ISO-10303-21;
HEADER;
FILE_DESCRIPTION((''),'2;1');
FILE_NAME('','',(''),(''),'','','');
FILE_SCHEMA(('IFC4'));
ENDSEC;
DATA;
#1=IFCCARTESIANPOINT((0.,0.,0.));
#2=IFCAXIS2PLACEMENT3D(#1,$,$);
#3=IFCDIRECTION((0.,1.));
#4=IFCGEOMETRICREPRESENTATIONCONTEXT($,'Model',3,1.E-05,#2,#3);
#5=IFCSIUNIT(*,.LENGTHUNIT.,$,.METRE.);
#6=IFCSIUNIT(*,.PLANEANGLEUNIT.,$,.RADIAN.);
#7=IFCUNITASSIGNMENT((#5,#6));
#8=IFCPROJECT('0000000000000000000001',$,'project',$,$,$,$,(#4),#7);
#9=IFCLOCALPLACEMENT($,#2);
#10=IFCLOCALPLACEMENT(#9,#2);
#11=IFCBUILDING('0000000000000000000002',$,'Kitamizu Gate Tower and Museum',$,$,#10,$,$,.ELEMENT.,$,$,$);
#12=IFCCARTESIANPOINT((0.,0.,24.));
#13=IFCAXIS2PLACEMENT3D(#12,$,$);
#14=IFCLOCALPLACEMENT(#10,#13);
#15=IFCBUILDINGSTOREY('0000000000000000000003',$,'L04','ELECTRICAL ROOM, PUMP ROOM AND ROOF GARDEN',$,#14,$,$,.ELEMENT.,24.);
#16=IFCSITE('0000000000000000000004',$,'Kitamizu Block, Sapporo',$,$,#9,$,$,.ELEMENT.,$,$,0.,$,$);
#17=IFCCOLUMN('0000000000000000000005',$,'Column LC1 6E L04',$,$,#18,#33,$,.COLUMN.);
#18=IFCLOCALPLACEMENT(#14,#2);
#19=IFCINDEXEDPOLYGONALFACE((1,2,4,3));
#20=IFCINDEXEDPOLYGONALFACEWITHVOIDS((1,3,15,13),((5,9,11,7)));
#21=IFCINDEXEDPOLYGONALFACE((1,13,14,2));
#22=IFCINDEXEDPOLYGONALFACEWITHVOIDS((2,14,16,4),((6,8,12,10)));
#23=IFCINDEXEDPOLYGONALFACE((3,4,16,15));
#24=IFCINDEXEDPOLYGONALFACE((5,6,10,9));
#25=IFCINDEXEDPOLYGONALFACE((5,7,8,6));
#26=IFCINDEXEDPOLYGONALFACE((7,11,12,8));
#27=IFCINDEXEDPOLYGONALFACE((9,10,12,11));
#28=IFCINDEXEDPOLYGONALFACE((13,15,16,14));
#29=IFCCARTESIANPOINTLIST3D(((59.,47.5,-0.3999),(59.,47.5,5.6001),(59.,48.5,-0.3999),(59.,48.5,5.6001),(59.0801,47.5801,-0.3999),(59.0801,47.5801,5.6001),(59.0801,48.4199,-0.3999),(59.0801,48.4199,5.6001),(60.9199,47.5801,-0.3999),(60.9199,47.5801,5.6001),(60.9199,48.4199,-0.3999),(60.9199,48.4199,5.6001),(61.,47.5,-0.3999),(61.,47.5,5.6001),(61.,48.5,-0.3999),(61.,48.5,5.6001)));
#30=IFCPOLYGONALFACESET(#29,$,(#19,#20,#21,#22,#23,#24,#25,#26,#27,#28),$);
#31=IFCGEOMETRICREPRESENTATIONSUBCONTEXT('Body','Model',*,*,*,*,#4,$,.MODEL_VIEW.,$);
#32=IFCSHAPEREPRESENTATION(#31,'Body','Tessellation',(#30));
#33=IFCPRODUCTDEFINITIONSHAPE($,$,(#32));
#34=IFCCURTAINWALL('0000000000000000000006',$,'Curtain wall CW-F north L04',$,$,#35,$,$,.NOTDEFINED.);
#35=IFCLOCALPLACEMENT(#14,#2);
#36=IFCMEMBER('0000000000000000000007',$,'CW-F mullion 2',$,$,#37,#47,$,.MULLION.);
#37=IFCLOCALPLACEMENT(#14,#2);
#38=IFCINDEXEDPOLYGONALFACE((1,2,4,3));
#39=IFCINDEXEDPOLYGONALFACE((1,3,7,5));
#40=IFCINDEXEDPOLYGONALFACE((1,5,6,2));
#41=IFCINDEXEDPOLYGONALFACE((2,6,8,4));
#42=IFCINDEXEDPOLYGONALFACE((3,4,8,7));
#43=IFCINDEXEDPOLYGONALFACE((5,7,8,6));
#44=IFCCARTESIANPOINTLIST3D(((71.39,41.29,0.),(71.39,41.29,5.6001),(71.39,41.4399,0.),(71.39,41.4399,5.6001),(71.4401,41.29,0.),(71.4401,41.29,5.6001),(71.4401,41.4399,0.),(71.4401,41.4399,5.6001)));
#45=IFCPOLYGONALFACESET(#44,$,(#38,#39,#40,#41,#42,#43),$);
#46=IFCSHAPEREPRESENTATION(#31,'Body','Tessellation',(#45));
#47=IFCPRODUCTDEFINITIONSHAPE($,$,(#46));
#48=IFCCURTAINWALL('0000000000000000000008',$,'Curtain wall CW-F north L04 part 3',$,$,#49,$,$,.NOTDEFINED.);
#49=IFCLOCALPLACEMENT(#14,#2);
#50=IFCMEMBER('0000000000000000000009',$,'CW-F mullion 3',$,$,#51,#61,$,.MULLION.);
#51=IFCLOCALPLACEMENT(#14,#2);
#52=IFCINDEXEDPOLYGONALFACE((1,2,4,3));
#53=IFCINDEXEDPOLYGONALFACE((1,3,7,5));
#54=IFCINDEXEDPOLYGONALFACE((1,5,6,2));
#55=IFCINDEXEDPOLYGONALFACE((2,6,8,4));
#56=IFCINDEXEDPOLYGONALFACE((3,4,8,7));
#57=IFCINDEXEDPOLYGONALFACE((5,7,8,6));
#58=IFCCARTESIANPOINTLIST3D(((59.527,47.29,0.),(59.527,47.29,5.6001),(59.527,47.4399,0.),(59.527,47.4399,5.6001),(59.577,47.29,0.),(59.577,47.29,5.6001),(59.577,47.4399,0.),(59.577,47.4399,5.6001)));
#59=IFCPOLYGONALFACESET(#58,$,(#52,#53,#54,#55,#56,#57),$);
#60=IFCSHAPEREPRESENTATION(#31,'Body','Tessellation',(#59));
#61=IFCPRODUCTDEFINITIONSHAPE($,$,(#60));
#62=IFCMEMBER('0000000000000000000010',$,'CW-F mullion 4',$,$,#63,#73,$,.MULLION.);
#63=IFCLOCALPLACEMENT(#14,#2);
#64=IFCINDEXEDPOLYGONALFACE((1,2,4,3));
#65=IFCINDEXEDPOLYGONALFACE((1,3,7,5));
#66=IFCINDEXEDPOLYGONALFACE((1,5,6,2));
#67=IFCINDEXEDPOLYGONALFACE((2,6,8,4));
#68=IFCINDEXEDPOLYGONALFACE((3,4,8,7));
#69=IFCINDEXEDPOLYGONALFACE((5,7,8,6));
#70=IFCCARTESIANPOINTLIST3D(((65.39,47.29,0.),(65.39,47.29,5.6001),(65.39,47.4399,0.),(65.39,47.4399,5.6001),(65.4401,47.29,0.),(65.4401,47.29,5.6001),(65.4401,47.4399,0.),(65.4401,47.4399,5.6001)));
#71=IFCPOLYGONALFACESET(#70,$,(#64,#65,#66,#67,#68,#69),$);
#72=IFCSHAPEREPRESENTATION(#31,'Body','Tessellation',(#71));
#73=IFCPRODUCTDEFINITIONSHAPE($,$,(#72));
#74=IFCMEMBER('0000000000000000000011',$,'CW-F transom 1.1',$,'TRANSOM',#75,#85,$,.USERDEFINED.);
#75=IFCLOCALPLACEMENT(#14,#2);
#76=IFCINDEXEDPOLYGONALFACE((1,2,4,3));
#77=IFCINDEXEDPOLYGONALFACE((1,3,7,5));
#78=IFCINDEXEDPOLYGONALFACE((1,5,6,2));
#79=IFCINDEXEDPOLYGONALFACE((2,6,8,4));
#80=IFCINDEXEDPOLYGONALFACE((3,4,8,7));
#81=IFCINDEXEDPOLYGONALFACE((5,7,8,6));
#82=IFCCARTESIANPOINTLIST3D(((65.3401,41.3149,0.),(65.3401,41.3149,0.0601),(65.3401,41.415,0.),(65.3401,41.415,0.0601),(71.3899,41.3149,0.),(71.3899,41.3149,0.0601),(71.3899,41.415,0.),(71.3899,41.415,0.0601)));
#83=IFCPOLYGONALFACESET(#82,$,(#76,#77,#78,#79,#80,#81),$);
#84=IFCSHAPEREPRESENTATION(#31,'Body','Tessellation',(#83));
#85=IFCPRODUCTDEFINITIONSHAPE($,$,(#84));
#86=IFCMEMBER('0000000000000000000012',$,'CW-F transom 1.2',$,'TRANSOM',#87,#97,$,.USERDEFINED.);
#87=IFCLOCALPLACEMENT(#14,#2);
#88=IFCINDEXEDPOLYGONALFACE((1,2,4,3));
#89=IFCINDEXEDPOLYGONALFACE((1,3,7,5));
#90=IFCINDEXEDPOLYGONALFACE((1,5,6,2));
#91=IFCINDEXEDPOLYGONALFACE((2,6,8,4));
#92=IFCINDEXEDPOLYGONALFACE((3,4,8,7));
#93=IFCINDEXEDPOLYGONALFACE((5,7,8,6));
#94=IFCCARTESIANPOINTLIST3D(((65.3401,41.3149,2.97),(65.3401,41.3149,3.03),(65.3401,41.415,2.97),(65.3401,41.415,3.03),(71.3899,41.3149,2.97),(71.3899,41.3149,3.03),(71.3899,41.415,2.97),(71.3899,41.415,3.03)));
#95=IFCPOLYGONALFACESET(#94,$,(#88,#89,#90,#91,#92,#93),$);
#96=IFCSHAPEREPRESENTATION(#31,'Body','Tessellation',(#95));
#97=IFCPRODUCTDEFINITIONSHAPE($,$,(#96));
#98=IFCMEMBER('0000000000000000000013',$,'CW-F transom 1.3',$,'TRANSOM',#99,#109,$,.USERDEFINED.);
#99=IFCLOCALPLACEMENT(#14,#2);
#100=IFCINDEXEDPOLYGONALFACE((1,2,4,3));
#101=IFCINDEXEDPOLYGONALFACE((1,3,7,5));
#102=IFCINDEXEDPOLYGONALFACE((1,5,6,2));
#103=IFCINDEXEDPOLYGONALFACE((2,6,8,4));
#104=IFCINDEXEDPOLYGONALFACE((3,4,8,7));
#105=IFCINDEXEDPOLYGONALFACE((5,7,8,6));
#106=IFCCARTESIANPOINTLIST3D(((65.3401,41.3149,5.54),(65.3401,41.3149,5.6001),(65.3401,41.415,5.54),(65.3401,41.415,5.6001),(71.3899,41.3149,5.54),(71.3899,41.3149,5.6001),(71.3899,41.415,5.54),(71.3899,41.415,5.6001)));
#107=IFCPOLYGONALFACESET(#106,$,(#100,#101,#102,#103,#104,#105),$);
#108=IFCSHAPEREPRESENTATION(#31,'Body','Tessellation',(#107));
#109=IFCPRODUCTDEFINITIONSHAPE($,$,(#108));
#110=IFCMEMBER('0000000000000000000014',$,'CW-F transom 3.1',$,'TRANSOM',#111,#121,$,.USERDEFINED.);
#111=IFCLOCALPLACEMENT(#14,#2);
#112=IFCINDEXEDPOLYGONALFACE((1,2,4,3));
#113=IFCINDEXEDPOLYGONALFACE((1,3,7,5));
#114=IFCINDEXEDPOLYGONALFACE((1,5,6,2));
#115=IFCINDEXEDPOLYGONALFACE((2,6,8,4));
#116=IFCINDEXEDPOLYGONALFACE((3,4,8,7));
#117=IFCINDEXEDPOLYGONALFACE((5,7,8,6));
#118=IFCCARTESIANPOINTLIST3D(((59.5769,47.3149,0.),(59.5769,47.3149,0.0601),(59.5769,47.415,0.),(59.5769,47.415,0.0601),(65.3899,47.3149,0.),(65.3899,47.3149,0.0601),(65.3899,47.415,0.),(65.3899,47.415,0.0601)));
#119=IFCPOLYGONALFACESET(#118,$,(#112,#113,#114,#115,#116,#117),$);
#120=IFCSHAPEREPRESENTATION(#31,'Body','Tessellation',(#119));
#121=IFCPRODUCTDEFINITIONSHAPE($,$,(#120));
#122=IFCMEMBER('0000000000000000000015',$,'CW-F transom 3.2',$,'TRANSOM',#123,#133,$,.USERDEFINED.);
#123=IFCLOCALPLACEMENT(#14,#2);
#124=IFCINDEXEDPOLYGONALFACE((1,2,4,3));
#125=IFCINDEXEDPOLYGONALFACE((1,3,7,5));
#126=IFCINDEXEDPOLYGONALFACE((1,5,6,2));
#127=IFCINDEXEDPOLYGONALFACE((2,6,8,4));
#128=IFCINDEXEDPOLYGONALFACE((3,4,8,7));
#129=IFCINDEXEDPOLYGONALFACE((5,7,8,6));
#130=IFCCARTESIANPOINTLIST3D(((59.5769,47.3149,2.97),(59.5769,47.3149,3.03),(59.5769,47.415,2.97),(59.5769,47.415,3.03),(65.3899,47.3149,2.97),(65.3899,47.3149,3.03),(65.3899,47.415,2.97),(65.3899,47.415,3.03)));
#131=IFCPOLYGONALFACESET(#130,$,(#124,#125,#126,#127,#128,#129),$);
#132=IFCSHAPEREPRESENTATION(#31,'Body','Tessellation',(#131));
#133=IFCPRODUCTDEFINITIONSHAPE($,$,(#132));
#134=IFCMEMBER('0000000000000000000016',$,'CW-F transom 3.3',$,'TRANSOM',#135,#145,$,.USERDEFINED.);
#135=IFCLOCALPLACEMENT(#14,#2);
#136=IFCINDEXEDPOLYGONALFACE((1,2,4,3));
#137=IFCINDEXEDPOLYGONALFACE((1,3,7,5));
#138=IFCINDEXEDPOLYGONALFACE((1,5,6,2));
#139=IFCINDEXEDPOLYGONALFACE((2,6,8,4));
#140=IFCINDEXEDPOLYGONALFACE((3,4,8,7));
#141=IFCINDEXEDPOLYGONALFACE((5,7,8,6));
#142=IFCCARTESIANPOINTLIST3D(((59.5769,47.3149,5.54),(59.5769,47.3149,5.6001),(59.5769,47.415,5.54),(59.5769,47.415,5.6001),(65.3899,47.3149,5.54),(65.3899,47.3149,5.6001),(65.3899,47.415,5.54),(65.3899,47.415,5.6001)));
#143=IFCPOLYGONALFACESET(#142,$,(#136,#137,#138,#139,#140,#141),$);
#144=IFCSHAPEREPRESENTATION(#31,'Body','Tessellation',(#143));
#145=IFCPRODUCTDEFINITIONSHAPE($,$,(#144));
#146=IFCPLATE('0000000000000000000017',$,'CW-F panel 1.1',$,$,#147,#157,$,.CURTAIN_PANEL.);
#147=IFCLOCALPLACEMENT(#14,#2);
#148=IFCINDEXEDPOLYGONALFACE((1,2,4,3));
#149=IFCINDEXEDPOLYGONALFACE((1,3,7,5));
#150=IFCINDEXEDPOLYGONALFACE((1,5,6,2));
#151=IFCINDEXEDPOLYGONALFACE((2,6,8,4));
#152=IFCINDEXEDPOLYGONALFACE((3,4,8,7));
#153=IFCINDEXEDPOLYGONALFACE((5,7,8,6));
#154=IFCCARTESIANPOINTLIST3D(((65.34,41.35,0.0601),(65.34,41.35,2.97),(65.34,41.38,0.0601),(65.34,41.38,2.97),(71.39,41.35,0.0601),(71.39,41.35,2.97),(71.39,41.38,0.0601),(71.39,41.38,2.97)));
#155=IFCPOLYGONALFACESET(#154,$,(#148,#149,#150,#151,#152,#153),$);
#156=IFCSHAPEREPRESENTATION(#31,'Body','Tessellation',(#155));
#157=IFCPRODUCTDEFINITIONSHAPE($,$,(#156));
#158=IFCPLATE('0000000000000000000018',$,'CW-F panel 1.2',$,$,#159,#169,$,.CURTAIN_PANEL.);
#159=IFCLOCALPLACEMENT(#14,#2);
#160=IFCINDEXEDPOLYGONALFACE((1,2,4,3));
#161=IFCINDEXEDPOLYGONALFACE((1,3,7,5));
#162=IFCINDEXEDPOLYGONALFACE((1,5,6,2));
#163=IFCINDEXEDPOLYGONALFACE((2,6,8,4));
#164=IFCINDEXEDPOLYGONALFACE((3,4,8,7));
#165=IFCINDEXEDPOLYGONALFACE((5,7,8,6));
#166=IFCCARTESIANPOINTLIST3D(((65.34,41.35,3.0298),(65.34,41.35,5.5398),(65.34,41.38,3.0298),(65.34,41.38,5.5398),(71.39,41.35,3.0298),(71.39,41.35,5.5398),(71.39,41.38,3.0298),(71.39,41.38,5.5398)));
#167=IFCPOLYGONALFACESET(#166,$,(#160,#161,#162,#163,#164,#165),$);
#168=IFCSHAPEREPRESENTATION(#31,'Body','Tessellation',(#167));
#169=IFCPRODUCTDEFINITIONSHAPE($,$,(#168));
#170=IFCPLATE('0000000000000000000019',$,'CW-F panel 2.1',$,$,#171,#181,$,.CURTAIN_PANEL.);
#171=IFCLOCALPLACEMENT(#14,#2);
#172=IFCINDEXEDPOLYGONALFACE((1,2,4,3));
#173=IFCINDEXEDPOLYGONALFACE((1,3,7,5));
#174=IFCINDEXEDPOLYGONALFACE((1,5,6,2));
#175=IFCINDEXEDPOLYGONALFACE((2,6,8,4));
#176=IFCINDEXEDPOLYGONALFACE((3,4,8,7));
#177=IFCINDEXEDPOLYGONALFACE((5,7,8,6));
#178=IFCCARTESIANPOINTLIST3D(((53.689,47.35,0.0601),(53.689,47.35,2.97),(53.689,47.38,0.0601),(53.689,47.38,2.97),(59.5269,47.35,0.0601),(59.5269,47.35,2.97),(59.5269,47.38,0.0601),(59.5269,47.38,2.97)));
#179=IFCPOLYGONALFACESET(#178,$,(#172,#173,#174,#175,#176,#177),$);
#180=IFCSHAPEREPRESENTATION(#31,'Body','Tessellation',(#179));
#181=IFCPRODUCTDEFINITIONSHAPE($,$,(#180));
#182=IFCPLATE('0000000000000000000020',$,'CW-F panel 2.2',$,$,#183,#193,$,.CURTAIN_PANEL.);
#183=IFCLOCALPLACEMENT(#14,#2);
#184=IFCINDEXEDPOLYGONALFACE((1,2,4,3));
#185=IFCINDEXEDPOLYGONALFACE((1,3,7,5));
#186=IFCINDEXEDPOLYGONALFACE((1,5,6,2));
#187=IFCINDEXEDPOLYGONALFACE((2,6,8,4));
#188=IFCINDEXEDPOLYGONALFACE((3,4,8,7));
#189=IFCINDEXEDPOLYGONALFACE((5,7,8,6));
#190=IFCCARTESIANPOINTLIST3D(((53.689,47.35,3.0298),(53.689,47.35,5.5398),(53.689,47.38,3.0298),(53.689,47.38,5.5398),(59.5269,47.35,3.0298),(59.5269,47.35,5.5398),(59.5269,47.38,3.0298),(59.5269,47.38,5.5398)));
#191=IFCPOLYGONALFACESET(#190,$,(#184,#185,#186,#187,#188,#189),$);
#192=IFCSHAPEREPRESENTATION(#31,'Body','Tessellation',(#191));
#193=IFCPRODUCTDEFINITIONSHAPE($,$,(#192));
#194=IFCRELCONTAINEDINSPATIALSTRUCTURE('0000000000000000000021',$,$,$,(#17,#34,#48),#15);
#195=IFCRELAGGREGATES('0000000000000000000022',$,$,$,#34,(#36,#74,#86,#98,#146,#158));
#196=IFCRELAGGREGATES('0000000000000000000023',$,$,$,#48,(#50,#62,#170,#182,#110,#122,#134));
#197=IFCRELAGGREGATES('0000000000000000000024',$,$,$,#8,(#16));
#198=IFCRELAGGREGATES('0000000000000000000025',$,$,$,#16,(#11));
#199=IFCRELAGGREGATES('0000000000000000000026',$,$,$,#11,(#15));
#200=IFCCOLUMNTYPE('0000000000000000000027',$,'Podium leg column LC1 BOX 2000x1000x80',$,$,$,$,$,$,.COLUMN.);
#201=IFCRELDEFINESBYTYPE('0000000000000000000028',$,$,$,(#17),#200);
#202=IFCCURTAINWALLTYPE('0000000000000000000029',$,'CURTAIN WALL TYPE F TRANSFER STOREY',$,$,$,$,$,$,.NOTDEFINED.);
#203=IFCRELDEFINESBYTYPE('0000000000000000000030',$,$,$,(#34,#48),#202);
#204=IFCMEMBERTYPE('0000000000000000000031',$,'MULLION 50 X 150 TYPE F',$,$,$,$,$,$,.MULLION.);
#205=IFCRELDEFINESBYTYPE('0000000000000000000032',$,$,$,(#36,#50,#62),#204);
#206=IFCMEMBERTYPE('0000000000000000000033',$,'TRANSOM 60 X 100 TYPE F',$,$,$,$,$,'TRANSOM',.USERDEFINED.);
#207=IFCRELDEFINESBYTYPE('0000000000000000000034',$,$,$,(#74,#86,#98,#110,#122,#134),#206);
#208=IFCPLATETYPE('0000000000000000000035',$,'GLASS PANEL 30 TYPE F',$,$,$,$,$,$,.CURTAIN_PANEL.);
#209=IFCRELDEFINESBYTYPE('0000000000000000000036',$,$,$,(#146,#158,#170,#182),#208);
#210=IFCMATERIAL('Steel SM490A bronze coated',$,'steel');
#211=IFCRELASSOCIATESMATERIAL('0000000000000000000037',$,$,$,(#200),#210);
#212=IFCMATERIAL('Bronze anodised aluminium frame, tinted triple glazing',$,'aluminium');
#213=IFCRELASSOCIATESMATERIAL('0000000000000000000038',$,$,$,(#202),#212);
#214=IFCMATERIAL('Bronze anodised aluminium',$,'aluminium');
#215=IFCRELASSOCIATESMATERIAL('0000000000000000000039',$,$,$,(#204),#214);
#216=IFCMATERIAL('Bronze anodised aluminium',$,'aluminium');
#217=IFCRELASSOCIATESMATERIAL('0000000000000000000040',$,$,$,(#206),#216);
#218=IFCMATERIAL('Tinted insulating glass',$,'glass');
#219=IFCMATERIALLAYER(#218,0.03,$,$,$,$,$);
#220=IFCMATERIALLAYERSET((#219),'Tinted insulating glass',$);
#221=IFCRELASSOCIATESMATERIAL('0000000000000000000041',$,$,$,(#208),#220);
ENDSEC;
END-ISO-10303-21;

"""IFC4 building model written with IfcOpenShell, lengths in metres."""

from ifc_helpers import new_model, si_unit, direction, frame, origin, origin_2d, place, context, subcontext, project, spatial, rectangle, hollow_rectangle, extrude, material, layer, layer_set, material_profile, profile_set, type_object, element, aggregate, save


model = new_model("IFC4")

# Units and contexts
model_context = context("Model", 3, precision=1e-05, world=origin(), true_north=direction((0.0, 1.0)))
body_context = subcontext(model_context, "Body", "Model", "MODEL_VIEW")
ifc_project = project(units=[si_unit("LENGTHUNIT", "METRE"), si_unit("PLANEANGLEUNIT", "RADIAN")], contexts=[model_context])

# Site, building, storey
site_placement = place(None, origin())
site = spatial("IfcSite", under=ifc_project, at=site_placement, Name="Kitamizu Block, Sapporo", CompositionType="ELEMENT", RefElevation=0.0)
building_placement = place(site_placement, origin())
building = spatial("IfcBuilding", under=site, at=building_placement, Name="Kitamizu Gate Tower and Museum", CompositionType="ELEMENT")
storey_placement = place(building_placement, frame((0.0, 0.0, 24.0)))
storey = spatial("IfcBuildingStorey", under=building, at=storey_placement, Name="L04", Description="ELECTRICAL ROOM, PUMP ROOM AND ROOF GARDEN", CompositionType="ELEMENT", Elevation=24.0)

# Column
ifc_material_1 = material(Name="Steel SM490A bronze coated", Category="steel")
ifc_material_profile_1 = material_profile(ifc_material_1, hollow_rectangle(XDim=2.0, YDim=1.0, WallThickness=0.0801, at=origin_2d()), Name="BOX 2000x1000x80")
ifc_profile_set_1 = profile_set([ifc_material_profile_1], Name="Steel SM490A bronze coated")
column_type = type_object("IfcColumnType", Name="Podium leg column LC1 BOX 2000x1000x80", PredefinedType="COLUMN", material=ifc_profile_set_1)
column_placement = place(storey_placement, frame((60.0, 48.0, -0.3999), z_axis=(0.0, 0.0, 1.0), x_axis=(1.0, 0.0, 0.0)))
element("IfcColumn", 1, at=column_placement, inside=storey, type_object=column_type, Name="Column LC1 6E L04", PredefinedType="COLUMN", context=body_context, shape_type="SweptSolid", body=[
    extrude(hollow_rectangle(XDim=2.0, YDim=1.0, WallThickness=0.0801, at=origin_2d()), origin(), (0.0, 0.0, 1.0), 6.0),
])

# Curtain wall, member
ifc_material_2 = material(Name="Bronze anodised aluminium frame, tinted triple glazing", Category="aluminium")
curtain_wall_type = type_object("IfcCurtainWallType", Name="CURTAIN WALL TYPE F TRANSFER STOREY", PredefinedType="NOTDEFINED", material=ifc_material_2)
curtain_wall_1_placement = place(storey_placement, origin())
curtain_wall_1 = element("IfcCurtainWall", 2, at=curtain_wall_1_placement, inside=storey, type_object=curtain_wall_type, Name="Curtain wall CW-F north L04", PredefinedType="NOTDEFINED")
ifc_material_3 = material(Name="Bronze anodised aluminium", Category="aluminium")
ifc_material_profile_2 = material_profile(ifc_material_3, rectangle(XDim=0.05, YDim=0.1499, at=origin_2d()), Name="AL 50X150")
ifc_profile_set_2 = profile_set([ifc_material_profile_2], Name="Bronze anodised aluminium")
member_type_1 = type_object("IfcMemberType", Name="MULLION 50 X 150 TYPE F", PredefinedType="MULLION", material=ifc_profile_set_2)
member_1_placement = place(storey_placement, frame((71.415, 41.365, 0.0), z_axis=(0.0, 0.0, 1.0), x_axis=(1.0, 0.0, 0.0)))
member_1 = element("IfcMember", 3, at=member_1_placement, type_object=member_type_1, Name="CW-F mullion 2", PredefinedType="MULLION", context=body_context, shape_type="SweptSolid", body=[
    extrude(rectangle(XDim=0.05, YDim=0.1499, at=origin_2d()), origin(), (0.0, 0.0, 1.0), 5.6001),
])

# Curtain wall, members
curtain_wall_2_placement = place(storey_placement, origin())
curtain_wall_2 = element("IfcCurtainWall", 4, at=curtain_wall_2_placement, inside=storey, type_object=curtain_wall_type, Name="Curtain wall CW-F north L04 part 3", PredefinedType="NOTDEFINED")
member_2_placement = place(storey_placement, frame((59.552, 47.365, 0.0), z_axis=(0.0, 0.0, 1.0), x_axis=(1.0, 0.0, 0.0)))
member_2 = element("IfcMember", 5, at=member_2_placement, type_object=member_type_1, Name="CW-F mullion 3", PredefinedType="MULLION", context=body_context, shape_type="SweptSolid", body=[
    extrude(rectangle(XDim=0.05, YDim=0.1499, at=origin_2d()), origin(), (0.0, 0.0, 1.0), 5.6001),
])
member_3_placement = place(storey_placement, frame((65.415, 47.365, 0.0), z_axis=(0.0, 0.0, 1.0), x_axis=(1.0, 0.0, 0.0)))
member_3 = element("IfcMember", 6, at=member_3_placement, type_object=member_type_1, Name="CW-F mullion 4", PredefinedType="MULLION", context=body_context, shape_type="SweptSolid", body=[
    extrude(rectangle(XDim=0.05, YDim=0.1499, at=origin_2d()), origin(), (0.0, 0.0, 1.0), 5.6001),
])

# Members
ifc_material_4 = material(Name="Bronze anodised aluminium", Category="aluminium")
ifc_material_profile_3 = material_profile(ifc_material_4, rectangle(XDim=0.1001, YDim=0.0601, at=origin_2d()), Name="AL 60X100")
ifc_profile_set_3 = profile_set([ifc_material_profile_3], Name="Bronze anodised aluminium")
member_type_2 = type_object("IfcMemberType", Name="TRANSOM 60 X 100 TYPE F", ElementType="TRANSOM", PredefinedType="USERDEFINED", material=ifc_profile_set_3)
member_4_placement = place(storey_placement, frame((65.3401, 41.365, 0.03), z_axis=(1.0, 0.0, 0.0), x_axis=(0.0, 1.0, 0.0)))
member_4 = element("IfcMember", 7, at=member_4_placement, type_object=member_type_2, Name="CW-F transom 1.1", ObjectType="TRANSOM", PredefinedType="USERDEFINED", context=body_context, shape_type="SweptSolid", body=[
    extrude(rectangle(XDim=0.1001, YDim=0.0601, at=origin_2d()), origin(), (0.0, 0.0, 1.0), 6.0498),
])
member_5_placement = place(storey_placement, frame((65.3401, 41.365, 3.0), z_axis=(1.0, 0.0, 0.0), x_axis=(0.0, 1.0, 0.0)))
member_5 = element("IfcMember", 8, at=member_5_placement, type_object=member_type_2, Name="CW-F transom 1.2", ObjectType="TRANSOM", PredefinedType="USERDEFINED", context=body_context, shape_type="SweptSolid", body=[
    extrude(rectangle(XDim=0.1001, YDim=0.0601, at=origin_2d()), origin(), (0.0, 0.0, 1.0), 6.0498),
])
member_6_placement = place(storey_placement, frame((65.3401, 41.365, 5.5701), z_axis=(1.0, 0.0, 0.0), x_axis=(0.0, 1.0, 0.0)))
member_6 = element("IfcMember", 9, at=member_6_placement, type_object=member_type_2, Name="CW-F transom 1.3", ObjectType="TRANSOM", PredefinedType="USERDEFINED", context=body_context, shape_type="SweptSolid", body=[
    extrude(rectangle(XDim=0.1001, YDim=0.0601, at=origin_2d()), origin(), (0.0, 0.0, 1.0), 6.0498),
])
member_7_placement = place(storey_placement, frame((59.5769, 47.365, 0.03), z_axis=(1.0, 0.0, 0.0), x_axis=(0.0, 1.0, 0.0)))
member_7 = element("IfcMember", 10, at=member_7_placement, type_object=member_type_2, Name="CW-F transom 3.1", ObjectType="TRANSOM", PredefinedType="USERDEFINED", context=body_context, shape_type="SweptSolid", body=[
    extrude(rectangle(XDim=0.1001, YDim=0.0601, at=origin_2d()), origin(), (0.0, 0.0, 1.0), 5.813),
])
member_8_placement = place(storey_placement, frame((59.5769, 47.365, 3.0), z_axis=(1.0, 0.0, 0.0), x_axis=(0.0, 1.0, 0.0)))
member_8 = element("IfcMember", 11, at=member_8_placement, type_object=member_type_2, Name="CW-F transom 3.2", ObjectType="TRANSOM", PredefinedType="USERDEFINED", context=body_context, shape_type="SweptSolid", body=[
    extrude(rectangle(XDim=0.1001, YDim=0.0601, at=origin_2d()), origin(), (0.0, 0.0, 1.0), 5.813),
])
member_9_placement = place(storey_placement, frame((59.5769, 47.365, 5.5701), z_axis=(1.0, 0.0, 0.0), x_axis=(0.0, 1.0, 0.0)))
member_9 = element("IfcMember", 12, at=member_9_placement, type_object=member_type_2, Name="CW-F transom 3.3", ObjectType="TRANSOM", PredefinedType="USERDEFINED", context=body_context, shape_type="SweptSolid", body=[
    extrude(rectangle(XDim=0.1001, YDim=0.0601, at=origin_2d()), origin(), (0.0, 0.0, 1.0), 5.813),
])

# Plates
ifc_material_5 = material(Name="Tinted insulating glass", Category="glass")
ifc_layer_1 = layer(ifc_material_5, 0.03)
ifc_layer_set_1 = layer_set([ifc_layer_1], Name="Tinted insulating glass")
plate_type = type_object("IfcPlateType", Name="GLASS PANEL 30 TYPE F", PredefinedType="CURTAIN_PANEL", material=ifc_layer_set_1)
plate_1_placement = place(storey_placement, frame((68.365, 41.365, 0.0601), z_axis=(0.0, 0.0, 1.0), x_axis=(1.0, 0.0, 0.0)))
plate_1 = element("IfcPlate", 13, at=plate_1_placement, type_object=plate_type, Name="CW-F panel 1.1", PredefinedType="CURTAIN_PANEL", context=body_context, shape_type="SweptSolid", body=[
    extrude(rectangle(XDim=6.05, YDim=0.03, at=origin_2d()), origin(), (0.0, 0.0, 1.0), 2.9099),
])
plate_2_placement = place(storey_placement, frame((68.365, 41.365, 3.0298), z_axis=(0.0, 0.0, 1.0), x_axis=(1.0, 0.0, 0.0)))
plate_2 = element("IfcPlate", 14, at=plate_2_placement, type_object=plate_type, Name="CW-F panel 1.2", PredefinedType="CURTAIN_PANEL", context=body_context, shape_type="SweptSolid", body=[
    extrude(rectangle(XDim=6.05, YDim=0.03, at=origin_2d()), origin(), (0.0, 0.0, 1.0), 2.51),
])
aggregate(curtain_wall_1, [member_1, member_4, member_5, member_6, plate_1, plate_2])
plate_3_placement = place(storey_placement, frame((56.6079, 47.365, 0.0601), z_axis=(0.0, 0.0, 1.0), x_axis=(1.0, 0.0, 0.0)))
plate_3 = element("IfcPlate", 15, at=plate_3_placement, type_object=plate_type, Name="CW-F panel 2.1", PredefinedType="CURTAIN_PANEL", context=body_context, shape_type="SweptSolid", body=[
    extrude(rectangle(XDim=5.8379, YDim=0.03, at=origin_2d()), origin(), (0.0, 0.0, 1.0), 2.9099),
])
plate_4_placement = place(storey_placement, frame((56.6079, 47.365, 3.0298), z_axis=(0.0, 0.0, 1.0), x_axis=(1.0, 0.0, 0.0)))
plate_4 = element("IfcPlate", 16, at=plate_4_placement, type_object=plate_type, Name="CW-F panel 2.2", PredefinedType="CURTAIN_PANEL", context=body_context, shape_type="SweptSolid", body=[
    extrude(rectangle(XDim=5.8379, YDim=0.03, at=origin_2d()), origin(), (0.0, 0.0, 1.0), 2.51),
])
aggregate(curtain_wall_2, [member_2, member_3, plate_3, plate_4, member_7, member_8, member_9])

save(model, "model.ifc")
